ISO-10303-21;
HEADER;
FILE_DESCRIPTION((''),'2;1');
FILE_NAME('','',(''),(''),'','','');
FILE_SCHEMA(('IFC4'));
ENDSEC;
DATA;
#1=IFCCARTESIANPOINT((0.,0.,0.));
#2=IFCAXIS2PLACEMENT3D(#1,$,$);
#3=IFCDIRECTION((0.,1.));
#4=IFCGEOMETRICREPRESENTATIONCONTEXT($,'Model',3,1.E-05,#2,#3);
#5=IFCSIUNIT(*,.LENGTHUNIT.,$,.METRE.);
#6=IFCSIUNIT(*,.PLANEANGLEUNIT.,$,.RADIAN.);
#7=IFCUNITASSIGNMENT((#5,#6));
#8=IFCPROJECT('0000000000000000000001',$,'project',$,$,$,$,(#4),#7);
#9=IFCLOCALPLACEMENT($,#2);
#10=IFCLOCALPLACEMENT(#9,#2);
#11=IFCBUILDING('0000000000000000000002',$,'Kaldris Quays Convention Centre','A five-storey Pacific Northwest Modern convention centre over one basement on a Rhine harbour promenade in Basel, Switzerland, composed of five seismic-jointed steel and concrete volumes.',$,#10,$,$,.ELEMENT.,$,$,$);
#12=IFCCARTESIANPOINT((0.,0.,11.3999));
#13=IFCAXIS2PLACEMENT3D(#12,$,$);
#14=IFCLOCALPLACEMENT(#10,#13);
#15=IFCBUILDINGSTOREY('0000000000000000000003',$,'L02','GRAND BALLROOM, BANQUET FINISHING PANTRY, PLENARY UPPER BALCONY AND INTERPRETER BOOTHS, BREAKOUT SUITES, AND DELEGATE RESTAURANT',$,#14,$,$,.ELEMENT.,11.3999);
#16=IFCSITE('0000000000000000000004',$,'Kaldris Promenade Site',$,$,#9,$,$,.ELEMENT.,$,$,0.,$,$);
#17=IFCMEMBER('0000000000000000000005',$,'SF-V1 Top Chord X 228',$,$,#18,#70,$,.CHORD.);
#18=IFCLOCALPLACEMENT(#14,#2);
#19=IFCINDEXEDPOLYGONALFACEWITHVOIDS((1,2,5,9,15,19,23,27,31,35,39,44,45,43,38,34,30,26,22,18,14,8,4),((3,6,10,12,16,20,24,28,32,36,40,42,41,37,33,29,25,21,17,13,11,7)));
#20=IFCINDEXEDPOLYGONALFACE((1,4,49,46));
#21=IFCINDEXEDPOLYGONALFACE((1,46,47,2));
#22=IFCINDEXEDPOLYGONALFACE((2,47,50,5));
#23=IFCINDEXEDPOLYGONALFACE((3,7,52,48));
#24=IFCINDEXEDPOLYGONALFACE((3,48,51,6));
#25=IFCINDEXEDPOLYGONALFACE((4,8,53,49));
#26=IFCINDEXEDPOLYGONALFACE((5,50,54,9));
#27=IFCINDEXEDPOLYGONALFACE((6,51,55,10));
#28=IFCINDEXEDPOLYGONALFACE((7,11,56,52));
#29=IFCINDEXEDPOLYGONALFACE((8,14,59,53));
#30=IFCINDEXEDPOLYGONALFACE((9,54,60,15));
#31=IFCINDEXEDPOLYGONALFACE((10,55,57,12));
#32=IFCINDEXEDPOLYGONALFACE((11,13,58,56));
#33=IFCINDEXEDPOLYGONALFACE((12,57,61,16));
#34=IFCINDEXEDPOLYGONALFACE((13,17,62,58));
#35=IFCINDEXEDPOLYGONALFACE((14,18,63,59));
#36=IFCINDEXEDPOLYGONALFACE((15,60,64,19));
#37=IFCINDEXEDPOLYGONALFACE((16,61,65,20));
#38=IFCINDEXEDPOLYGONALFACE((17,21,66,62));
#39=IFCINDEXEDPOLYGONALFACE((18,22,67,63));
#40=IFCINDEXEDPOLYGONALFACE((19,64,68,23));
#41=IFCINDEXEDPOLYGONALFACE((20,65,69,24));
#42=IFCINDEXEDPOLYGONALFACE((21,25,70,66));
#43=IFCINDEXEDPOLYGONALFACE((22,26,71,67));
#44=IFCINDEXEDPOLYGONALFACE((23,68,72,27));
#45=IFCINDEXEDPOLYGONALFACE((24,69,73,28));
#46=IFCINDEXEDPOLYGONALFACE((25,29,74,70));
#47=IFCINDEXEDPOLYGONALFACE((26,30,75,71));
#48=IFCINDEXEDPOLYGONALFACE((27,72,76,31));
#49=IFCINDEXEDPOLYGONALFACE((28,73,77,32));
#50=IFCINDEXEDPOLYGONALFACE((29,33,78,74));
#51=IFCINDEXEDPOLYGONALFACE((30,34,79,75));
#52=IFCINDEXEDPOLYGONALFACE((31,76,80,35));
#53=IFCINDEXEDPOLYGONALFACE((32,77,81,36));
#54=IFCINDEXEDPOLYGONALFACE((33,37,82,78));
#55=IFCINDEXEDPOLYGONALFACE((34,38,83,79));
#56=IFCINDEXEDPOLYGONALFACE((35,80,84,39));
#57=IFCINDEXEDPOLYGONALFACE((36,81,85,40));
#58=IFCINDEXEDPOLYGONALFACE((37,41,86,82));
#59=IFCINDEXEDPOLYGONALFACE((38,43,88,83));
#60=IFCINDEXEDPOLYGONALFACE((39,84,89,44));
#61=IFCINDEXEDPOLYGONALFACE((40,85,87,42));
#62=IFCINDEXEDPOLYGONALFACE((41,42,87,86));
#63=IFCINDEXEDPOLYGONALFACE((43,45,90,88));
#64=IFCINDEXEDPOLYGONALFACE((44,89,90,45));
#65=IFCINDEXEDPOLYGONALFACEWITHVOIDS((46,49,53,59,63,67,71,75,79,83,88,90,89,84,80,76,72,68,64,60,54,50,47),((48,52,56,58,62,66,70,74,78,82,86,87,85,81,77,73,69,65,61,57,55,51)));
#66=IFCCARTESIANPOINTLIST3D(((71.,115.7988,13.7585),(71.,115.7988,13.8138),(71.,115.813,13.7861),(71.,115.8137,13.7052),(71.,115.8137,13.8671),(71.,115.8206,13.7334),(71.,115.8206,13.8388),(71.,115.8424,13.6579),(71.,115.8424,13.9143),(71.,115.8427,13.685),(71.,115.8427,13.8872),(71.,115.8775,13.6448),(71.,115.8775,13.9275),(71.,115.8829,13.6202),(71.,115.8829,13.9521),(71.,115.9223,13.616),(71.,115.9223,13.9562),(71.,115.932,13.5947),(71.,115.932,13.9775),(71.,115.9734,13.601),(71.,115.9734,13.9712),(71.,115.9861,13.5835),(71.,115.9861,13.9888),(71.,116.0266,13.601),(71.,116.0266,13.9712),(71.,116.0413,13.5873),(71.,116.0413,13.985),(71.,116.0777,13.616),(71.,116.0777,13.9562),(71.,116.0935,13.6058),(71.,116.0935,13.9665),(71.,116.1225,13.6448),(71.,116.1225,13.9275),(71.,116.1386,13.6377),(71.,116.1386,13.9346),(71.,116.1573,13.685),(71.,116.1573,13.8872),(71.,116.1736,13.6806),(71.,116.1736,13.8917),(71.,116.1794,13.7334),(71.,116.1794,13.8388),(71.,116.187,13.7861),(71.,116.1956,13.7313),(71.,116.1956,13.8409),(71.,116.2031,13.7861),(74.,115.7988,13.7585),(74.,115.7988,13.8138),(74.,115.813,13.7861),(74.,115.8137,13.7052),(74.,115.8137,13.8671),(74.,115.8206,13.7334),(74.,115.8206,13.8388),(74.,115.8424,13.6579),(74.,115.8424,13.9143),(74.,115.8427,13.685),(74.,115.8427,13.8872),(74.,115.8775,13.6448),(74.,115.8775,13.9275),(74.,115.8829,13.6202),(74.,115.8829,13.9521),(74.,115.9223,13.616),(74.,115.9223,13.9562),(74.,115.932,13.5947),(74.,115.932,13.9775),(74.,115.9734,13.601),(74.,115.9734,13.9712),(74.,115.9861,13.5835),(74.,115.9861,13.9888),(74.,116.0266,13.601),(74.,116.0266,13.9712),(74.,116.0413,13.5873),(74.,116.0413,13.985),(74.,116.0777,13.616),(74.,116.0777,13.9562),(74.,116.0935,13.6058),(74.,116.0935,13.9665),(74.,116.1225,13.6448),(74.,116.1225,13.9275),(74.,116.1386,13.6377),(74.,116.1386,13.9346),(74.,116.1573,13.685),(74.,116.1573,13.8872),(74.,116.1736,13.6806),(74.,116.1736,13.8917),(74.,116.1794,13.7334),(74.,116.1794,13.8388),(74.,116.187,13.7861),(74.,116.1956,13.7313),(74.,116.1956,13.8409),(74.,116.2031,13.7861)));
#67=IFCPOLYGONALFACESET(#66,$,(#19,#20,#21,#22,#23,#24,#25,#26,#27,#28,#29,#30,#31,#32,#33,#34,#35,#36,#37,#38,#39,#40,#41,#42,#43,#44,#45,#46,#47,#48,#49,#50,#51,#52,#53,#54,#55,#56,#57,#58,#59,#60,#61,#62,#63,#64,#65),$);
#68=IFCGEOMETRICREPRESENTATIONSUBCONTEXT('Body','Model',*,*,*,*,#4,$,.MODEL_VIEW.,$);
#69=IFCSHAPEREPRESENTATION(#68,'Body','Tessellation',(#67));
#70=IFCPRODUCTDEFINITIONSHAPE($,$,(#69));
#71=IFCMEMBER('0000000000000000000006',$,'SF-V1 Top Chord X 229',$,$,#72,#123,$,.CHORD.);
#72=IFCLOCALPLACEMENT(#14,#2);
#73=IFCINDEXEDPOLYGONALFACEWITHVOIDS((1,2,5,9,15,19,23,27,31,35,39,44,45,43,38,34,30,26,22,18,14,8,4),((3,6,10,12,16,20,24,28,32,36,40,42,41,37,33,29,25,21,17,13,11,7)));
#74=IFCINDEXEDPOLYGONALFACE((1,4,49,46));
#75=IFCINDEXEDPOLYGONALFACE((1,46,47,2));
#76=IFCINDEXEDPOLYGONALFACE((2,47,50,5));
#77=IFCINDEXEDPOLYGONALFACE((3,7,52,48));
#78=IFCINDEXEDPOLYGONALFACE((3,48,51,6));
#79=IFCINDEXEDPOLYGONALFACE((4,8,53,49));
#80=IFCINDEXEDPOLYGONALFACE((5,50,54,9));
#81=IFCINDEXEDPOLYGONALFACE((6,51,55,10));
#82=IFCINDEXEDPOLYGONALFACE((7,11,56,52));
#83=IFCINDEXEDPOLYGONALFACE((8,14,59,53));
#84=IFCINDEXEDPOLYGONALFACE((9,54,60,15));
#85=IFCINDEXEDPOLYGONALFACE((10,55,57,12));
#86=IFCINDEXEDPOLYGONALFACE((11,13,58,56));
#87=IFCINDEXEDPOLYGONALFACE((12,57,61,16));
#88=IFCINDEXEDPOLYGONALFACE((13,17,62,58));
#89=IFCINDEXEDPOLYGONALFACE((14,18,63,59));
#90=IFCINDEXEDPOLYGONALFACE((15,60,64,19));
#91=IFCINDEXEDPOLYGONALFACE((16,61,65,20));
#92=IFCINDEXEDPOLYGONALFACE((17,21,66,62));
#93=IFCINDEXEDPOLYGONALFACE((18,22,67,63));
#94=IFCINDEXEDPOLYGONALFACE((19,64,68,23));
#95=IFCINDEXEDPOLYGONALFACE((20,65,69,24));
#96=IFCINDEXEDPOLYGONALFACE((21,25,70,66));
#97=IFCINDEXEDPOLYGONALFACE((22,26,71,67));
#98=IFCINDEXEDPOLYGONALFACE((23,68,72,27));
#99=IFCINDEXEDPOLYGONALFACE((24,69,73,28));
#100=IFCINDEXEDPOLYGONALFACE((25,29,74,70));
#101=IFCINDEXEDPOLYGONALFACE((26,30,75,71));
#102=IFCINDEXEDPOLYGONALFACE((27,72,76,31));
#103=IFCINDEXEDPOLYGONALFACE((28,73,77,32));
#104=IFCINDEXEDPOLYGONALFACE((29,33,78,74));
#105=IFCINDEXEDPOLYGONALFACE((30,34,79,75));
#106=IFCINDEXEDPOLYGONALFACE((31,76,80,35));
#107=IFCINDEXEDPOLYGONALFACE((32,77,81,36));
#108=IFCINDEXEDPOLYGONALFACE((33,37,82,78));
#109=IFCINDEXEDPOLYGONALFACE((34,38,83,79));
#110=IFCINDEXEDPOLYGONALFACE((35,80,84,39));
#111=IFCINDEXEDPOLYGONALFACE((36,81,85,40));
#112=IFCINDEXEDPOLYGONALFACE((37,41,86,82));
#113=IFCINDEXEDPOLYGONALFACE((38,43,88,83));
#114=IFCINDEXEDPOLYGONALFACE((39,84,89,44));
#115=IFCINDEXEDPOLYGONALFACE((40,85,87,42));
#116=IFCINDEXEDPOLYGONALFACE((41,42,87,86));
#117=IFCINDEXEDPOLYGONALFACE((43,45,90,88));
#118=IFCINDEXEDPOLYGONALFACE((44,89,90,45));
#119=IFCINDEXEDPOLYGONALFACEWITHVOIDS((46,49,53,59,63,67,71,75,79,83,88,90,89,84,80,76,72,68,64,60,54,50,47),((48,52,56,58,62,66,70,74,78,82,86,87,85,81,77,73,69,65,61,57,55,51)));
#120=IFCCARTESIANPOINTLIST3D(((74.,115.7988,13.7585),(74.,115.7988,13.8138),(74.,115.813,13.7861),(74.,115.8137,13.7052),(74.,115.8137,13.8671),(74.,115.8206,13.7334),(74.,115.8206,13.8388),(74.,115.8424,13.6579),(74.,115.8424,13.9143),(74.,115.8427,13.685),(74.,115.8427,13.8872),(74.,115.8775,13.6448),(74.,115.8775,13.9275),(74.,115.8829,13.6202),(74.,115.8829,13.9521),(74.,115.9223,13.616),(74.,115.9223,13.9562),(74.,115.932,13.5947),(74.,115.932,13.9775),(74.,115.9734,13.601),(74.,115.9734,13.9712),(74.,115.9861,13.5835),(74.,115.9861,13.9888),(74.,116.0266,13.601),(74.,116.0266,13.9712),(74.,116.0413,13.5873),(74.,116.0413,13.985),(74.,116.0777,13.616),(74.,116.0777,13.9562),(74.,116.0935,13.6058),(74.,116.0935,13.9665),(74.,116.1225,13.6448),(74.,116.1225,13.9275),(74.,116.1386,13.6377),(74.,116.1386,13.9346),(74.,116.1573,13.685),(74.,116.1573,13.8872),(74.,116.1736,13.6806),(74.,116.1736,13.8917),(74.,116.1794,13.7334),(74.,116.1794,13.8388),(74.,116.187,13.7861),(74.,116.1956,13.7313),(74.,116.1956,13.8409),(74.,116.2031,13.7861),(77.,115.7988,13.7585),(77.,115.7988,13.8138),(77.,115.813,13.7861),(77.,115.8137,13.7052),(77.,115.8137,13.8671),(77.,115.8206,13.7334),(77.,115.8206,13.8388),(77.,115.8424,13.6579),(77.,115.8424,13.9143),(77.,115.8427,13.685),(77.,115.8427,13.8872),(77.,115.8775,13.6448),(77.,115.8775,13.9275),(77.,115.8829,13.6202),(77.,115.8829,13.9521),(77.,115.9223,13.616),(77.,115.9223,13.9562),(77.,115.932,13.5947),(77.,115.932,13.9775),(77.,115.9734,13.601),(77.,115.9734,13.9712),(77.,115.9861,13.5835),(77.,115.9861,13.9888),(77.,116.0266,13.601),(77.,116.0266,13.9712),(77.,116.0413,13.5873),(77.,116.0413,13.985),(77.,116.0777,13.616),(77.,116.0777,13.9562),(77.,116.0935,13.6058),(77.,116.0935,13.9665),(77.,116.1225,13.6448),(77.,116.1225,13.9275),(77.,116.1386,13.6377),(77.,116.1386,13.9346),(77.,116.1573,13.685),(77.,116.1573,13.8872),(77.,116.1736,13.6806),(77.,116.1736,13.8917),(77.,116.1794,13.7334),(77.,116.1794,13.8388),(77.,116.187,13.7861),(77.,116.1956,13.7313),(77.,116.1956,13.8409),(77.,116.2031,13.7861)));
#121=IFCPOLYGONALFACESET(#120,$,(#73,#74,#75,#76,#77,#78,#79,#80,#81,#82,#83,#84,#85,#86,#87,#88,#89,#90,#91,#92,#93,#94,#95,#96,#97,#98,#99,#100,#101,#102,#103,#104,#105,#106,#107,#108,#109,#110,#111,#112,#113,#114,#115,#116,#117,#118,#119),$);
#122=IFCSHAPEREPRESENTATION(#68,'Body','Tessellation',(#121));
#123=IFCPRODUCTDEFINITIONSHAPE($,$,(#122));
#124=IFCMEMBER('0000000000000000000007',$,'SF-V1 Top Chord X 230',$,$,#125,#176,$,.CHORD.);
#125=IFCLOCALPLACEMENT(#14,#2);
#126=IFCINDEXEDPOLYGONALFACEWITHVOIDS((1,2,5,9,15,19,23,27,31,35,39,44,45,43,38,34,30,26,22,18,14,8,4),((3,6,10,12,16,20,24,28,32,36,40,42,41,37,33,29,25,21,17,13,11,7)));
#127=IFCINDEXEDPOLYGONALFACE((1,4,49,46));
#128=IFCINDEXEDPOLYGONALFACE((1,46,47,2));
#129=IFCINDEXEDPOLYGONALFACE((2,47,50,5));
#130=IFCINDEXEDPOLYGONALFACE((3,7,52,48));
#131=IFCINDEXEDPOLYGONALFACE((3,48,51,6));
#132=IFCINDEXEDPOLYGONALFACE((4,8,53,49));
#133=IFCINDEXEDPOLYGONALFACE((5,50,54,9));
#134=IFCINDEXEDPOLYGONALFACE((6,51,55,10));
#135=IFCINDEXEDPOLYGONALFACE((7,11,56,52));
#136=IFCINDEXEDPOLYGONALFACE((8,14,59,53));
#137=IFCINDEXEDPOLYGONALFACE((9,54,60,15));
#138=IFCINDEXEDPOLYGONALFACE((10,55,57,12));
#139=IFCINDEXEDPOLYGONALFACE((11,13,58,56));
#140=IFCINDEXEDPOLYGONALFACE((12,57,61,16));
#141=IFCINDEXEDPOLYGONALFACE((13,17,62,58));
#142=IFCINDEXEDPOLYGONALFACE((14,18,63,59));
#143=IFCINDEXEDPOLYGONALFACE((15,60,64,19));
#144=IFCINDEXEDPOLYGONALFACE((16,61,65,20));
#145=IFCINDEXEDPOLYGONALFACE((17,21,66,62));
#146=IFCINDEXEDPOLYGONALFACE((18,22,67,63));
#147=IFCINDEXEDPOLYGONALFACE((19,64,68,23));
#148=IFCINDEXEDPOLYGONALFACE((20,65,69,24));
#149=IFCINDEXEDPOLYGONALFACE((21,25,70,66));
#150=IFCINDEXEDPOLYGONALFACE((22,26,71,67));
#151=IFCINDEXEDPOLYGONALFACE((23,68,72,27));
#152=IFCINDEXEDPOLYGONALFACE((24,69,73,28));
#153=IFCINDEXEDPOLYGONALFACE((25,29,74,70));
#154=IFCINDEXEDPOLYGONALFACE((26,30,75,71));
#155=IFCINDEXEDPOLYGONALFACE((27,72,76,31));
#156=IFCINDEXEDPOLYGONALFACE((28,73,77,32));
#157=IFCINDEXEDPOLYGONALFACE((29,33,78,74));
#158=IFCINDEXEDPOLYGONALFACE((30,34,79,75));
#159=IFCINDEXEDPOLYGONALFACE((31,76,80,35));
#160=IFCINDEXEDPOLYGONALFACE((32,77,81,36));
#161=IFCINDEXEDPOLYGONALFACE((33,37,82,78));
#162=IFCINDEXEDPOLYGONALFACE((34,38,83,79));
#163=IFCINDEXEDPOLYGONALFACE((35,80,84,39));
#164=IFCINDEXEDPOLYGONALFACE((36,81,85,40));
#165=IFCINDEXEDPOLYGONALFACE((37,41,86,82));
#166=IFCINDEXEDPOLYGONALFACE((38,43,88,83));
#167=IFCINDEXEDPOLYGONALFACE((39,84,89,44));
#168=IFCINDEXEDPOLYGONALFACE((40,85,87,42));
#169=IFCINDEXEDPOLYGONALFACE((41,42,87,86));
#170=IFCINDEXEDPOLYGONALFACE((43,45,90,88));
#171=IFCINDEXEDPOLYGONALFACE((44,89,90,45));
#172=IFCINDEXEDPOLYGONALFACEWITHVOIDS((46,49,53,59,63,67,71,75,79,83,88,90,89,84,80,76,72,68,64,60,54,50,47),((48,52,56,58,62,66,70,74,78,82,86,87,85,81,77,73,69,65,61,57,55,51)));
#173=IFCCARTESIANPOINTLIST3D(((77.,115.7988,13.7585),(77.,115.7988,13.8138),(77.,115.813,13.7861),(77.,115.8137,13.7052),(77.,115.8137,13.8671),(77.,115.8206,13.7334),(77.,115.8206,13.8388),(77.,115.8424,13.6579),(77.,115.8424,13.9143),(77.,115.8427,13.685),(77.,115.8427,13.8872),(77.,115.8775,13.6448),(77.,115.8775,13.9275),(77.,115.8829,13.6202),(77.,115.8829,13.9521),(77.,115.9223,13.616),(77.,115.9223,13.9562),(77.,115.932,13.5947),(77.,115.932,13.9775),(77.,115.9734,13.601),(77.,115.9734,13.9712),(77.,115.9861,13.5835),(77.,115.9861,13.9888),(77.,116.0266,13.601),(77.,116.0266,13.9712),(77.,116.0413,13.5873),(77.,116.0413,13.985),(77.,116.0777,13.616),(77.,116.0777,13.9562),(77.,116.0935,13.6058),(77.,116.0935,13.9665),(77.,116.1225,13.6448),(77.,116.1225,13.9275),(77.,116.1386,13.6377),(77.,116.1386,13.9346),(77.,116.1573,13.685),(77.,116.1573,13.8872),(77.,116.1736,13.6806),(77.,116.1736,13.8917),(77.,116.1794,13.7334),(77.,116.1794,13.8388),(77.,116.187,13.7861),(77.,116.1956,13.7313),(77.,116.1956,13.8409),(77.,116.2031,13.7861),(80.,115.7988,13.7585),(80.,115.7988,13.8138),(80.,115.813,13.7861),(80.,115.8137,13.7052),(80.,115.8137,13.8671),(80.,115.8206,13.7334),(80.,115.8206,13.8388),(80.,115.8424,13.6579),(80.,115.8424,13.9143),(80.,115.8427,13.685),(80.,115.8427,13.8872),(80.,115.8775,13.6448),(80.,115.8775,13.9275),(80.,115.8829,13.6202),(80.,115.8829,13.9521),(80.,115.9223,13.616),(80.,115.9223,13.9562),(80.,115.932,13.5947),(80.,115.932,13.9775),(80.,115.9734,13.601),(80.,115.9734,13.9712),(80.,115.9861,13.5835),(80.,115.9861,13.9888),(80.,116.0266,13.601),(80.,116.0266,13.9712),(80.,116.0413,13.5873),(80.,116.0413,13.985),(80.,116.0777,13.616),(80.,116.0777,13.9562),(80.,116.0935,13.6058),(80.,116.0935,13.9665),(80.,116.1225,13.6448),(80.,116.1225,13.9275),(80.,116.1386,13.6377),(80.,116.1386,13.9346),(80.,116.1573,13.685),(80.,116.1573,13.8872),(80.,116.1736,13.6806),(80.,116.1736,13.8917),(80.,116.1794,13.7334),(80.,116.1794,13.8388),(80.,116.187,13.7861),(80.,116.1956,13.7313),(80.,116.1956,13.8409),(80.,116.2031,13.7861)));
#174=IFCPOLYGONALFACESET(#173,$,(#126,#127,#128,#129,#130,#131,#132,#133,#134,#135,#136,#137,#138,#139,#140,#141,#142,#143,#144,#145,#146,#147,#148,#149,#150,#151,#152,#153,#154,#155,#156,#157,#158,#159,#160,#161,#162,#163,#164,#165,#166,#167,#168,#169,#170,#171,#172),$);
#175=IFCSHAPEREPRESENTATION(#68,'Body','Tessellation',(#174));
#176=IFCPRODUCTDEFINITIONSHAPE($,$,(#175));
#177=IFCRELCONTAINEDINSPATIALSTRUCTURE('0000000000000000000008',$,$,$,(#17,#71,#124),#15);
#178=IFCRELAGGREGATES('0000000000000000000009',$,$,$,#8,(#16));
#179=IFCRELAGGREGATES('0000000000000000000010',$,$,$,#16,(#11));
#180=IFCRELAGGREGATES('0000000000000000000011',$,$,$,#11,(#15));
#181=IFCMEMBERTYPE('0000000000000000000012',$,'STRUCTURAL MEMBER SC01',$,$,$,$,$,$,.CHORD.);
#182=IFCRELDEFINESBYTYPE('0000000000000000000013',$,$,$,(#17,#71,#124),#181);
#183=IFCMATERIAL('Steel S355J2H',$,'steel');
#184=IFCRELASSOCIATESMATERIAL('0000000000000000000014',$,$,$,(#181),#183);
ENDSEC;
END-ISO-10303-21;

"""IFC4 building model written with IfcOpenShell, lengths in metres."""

from ifc_helpers import new_model, si_unit, direction, frame, origin, origin_2d, place, context, subcontext, project, spatial, hollow_circle, extrude, material, material_profile, profile_set, type_object, element, save


model = new_model("IFC4")

# Units and contexts
model_context = context("Model", 3, precision=1e-05, world=origin(), true_north=direction((0.0, 1.0)))
body_context = subcontext(model_context, "Body", "Model", "MODEL_VIEW")
ifc_project = project(units=[si_unit("LENGTHUNIT", "METRE"), si_unit("PLANEANGLEUNIT", "RADIAN")], contexts=[model_context])

# Site, building, storey
site_placement = place(None, origin())
site = spatial("IfcSite", under=ifc_project, at=site_placement, Name="Kaldris Promenade Site", CompositionType="ELEMENT", RefElevation=0.0)
building_placement = place(site_placement, origin())
building = spatial("IfcBuilding", under=site, at=building_placement, Name="Kaldris Quays Convention Centre", Description="A five-storey Pacific Northwest Modern convention centre over one basement on a Rhine harbour promenade in Basel, Switzerland, composed of five seismic-jointed steel and concrete volumes.", CompositionType="ELEMENT")
storey_placement = place(building_placement, frame((0.0, 0.0, 11.3999)))
storey = spatial("IfcBuildingStorey", under=building, at=storey_placement, Name="L02", Description="GRAND BALLROOM, BANQUET FINISHING PANTRY, PLENARY UPPER BALCONY AND INTERPRETER BOOTHS, BREAKOUT SUITES, AND DELEGATE RESTAURANT", CompositionType="ELEMENT", Elevation=11.3999)

# Members
ifc_material_1 = material(Name="Steel S355J2H", Category="steel")
ifc_material_profile_1 = material_profile(ifc_material_1, hollow_circle(Radius=0.2031, WallThickness=0.0161, at=origin_2d()), Name="CHS 406.4x16")
ifc_profile_set_1 = profile_set([ifc_material_profile_1], Name="Steel S355J2H")
member_type_1 = type_object("IfcMemberType", Name="STRUCTURAL MEMBER SC01", PredefinedType="CHORD", material=ifc_profile_set_1)
for number, where, z_axis, x_axis, name in (
    (1, (71.0, 116.0, 13.7861), (1.0, 0.0, 0.0), (0.0, 1.0, 0.0), "SF-V1 Top Chord X 228"),
    (2, (74.0, 116.0, 13.7861), (1.0, 0.0, 0.0), (0.0, 1.0, 0.0), "SF-V1 Top Chord X 229"),
    (3, (77.0, 116.0, 13.7861), (1.0, 0.0, 0.0), (0.0, 1.0, 0.0), "SF-V1 Top Chord X 230"),
):
    element("IfcMember", number, at=place(storey_placement, frame(where, z_axis=z_axis, x_axis=x_axis)), inside=storey, type_object=member_type_1, Name=name, PredefinedType="CHORD", context=body_context, shape_type="SweptSolid", body=[
        extrude(hollow_circle(Radius=0.2031, WallThickness=0.0161, at=origin_2d()), origin(), (0.0, 0.0, 1.0), 3.0),
    ])

save(model, "model.ifc")
